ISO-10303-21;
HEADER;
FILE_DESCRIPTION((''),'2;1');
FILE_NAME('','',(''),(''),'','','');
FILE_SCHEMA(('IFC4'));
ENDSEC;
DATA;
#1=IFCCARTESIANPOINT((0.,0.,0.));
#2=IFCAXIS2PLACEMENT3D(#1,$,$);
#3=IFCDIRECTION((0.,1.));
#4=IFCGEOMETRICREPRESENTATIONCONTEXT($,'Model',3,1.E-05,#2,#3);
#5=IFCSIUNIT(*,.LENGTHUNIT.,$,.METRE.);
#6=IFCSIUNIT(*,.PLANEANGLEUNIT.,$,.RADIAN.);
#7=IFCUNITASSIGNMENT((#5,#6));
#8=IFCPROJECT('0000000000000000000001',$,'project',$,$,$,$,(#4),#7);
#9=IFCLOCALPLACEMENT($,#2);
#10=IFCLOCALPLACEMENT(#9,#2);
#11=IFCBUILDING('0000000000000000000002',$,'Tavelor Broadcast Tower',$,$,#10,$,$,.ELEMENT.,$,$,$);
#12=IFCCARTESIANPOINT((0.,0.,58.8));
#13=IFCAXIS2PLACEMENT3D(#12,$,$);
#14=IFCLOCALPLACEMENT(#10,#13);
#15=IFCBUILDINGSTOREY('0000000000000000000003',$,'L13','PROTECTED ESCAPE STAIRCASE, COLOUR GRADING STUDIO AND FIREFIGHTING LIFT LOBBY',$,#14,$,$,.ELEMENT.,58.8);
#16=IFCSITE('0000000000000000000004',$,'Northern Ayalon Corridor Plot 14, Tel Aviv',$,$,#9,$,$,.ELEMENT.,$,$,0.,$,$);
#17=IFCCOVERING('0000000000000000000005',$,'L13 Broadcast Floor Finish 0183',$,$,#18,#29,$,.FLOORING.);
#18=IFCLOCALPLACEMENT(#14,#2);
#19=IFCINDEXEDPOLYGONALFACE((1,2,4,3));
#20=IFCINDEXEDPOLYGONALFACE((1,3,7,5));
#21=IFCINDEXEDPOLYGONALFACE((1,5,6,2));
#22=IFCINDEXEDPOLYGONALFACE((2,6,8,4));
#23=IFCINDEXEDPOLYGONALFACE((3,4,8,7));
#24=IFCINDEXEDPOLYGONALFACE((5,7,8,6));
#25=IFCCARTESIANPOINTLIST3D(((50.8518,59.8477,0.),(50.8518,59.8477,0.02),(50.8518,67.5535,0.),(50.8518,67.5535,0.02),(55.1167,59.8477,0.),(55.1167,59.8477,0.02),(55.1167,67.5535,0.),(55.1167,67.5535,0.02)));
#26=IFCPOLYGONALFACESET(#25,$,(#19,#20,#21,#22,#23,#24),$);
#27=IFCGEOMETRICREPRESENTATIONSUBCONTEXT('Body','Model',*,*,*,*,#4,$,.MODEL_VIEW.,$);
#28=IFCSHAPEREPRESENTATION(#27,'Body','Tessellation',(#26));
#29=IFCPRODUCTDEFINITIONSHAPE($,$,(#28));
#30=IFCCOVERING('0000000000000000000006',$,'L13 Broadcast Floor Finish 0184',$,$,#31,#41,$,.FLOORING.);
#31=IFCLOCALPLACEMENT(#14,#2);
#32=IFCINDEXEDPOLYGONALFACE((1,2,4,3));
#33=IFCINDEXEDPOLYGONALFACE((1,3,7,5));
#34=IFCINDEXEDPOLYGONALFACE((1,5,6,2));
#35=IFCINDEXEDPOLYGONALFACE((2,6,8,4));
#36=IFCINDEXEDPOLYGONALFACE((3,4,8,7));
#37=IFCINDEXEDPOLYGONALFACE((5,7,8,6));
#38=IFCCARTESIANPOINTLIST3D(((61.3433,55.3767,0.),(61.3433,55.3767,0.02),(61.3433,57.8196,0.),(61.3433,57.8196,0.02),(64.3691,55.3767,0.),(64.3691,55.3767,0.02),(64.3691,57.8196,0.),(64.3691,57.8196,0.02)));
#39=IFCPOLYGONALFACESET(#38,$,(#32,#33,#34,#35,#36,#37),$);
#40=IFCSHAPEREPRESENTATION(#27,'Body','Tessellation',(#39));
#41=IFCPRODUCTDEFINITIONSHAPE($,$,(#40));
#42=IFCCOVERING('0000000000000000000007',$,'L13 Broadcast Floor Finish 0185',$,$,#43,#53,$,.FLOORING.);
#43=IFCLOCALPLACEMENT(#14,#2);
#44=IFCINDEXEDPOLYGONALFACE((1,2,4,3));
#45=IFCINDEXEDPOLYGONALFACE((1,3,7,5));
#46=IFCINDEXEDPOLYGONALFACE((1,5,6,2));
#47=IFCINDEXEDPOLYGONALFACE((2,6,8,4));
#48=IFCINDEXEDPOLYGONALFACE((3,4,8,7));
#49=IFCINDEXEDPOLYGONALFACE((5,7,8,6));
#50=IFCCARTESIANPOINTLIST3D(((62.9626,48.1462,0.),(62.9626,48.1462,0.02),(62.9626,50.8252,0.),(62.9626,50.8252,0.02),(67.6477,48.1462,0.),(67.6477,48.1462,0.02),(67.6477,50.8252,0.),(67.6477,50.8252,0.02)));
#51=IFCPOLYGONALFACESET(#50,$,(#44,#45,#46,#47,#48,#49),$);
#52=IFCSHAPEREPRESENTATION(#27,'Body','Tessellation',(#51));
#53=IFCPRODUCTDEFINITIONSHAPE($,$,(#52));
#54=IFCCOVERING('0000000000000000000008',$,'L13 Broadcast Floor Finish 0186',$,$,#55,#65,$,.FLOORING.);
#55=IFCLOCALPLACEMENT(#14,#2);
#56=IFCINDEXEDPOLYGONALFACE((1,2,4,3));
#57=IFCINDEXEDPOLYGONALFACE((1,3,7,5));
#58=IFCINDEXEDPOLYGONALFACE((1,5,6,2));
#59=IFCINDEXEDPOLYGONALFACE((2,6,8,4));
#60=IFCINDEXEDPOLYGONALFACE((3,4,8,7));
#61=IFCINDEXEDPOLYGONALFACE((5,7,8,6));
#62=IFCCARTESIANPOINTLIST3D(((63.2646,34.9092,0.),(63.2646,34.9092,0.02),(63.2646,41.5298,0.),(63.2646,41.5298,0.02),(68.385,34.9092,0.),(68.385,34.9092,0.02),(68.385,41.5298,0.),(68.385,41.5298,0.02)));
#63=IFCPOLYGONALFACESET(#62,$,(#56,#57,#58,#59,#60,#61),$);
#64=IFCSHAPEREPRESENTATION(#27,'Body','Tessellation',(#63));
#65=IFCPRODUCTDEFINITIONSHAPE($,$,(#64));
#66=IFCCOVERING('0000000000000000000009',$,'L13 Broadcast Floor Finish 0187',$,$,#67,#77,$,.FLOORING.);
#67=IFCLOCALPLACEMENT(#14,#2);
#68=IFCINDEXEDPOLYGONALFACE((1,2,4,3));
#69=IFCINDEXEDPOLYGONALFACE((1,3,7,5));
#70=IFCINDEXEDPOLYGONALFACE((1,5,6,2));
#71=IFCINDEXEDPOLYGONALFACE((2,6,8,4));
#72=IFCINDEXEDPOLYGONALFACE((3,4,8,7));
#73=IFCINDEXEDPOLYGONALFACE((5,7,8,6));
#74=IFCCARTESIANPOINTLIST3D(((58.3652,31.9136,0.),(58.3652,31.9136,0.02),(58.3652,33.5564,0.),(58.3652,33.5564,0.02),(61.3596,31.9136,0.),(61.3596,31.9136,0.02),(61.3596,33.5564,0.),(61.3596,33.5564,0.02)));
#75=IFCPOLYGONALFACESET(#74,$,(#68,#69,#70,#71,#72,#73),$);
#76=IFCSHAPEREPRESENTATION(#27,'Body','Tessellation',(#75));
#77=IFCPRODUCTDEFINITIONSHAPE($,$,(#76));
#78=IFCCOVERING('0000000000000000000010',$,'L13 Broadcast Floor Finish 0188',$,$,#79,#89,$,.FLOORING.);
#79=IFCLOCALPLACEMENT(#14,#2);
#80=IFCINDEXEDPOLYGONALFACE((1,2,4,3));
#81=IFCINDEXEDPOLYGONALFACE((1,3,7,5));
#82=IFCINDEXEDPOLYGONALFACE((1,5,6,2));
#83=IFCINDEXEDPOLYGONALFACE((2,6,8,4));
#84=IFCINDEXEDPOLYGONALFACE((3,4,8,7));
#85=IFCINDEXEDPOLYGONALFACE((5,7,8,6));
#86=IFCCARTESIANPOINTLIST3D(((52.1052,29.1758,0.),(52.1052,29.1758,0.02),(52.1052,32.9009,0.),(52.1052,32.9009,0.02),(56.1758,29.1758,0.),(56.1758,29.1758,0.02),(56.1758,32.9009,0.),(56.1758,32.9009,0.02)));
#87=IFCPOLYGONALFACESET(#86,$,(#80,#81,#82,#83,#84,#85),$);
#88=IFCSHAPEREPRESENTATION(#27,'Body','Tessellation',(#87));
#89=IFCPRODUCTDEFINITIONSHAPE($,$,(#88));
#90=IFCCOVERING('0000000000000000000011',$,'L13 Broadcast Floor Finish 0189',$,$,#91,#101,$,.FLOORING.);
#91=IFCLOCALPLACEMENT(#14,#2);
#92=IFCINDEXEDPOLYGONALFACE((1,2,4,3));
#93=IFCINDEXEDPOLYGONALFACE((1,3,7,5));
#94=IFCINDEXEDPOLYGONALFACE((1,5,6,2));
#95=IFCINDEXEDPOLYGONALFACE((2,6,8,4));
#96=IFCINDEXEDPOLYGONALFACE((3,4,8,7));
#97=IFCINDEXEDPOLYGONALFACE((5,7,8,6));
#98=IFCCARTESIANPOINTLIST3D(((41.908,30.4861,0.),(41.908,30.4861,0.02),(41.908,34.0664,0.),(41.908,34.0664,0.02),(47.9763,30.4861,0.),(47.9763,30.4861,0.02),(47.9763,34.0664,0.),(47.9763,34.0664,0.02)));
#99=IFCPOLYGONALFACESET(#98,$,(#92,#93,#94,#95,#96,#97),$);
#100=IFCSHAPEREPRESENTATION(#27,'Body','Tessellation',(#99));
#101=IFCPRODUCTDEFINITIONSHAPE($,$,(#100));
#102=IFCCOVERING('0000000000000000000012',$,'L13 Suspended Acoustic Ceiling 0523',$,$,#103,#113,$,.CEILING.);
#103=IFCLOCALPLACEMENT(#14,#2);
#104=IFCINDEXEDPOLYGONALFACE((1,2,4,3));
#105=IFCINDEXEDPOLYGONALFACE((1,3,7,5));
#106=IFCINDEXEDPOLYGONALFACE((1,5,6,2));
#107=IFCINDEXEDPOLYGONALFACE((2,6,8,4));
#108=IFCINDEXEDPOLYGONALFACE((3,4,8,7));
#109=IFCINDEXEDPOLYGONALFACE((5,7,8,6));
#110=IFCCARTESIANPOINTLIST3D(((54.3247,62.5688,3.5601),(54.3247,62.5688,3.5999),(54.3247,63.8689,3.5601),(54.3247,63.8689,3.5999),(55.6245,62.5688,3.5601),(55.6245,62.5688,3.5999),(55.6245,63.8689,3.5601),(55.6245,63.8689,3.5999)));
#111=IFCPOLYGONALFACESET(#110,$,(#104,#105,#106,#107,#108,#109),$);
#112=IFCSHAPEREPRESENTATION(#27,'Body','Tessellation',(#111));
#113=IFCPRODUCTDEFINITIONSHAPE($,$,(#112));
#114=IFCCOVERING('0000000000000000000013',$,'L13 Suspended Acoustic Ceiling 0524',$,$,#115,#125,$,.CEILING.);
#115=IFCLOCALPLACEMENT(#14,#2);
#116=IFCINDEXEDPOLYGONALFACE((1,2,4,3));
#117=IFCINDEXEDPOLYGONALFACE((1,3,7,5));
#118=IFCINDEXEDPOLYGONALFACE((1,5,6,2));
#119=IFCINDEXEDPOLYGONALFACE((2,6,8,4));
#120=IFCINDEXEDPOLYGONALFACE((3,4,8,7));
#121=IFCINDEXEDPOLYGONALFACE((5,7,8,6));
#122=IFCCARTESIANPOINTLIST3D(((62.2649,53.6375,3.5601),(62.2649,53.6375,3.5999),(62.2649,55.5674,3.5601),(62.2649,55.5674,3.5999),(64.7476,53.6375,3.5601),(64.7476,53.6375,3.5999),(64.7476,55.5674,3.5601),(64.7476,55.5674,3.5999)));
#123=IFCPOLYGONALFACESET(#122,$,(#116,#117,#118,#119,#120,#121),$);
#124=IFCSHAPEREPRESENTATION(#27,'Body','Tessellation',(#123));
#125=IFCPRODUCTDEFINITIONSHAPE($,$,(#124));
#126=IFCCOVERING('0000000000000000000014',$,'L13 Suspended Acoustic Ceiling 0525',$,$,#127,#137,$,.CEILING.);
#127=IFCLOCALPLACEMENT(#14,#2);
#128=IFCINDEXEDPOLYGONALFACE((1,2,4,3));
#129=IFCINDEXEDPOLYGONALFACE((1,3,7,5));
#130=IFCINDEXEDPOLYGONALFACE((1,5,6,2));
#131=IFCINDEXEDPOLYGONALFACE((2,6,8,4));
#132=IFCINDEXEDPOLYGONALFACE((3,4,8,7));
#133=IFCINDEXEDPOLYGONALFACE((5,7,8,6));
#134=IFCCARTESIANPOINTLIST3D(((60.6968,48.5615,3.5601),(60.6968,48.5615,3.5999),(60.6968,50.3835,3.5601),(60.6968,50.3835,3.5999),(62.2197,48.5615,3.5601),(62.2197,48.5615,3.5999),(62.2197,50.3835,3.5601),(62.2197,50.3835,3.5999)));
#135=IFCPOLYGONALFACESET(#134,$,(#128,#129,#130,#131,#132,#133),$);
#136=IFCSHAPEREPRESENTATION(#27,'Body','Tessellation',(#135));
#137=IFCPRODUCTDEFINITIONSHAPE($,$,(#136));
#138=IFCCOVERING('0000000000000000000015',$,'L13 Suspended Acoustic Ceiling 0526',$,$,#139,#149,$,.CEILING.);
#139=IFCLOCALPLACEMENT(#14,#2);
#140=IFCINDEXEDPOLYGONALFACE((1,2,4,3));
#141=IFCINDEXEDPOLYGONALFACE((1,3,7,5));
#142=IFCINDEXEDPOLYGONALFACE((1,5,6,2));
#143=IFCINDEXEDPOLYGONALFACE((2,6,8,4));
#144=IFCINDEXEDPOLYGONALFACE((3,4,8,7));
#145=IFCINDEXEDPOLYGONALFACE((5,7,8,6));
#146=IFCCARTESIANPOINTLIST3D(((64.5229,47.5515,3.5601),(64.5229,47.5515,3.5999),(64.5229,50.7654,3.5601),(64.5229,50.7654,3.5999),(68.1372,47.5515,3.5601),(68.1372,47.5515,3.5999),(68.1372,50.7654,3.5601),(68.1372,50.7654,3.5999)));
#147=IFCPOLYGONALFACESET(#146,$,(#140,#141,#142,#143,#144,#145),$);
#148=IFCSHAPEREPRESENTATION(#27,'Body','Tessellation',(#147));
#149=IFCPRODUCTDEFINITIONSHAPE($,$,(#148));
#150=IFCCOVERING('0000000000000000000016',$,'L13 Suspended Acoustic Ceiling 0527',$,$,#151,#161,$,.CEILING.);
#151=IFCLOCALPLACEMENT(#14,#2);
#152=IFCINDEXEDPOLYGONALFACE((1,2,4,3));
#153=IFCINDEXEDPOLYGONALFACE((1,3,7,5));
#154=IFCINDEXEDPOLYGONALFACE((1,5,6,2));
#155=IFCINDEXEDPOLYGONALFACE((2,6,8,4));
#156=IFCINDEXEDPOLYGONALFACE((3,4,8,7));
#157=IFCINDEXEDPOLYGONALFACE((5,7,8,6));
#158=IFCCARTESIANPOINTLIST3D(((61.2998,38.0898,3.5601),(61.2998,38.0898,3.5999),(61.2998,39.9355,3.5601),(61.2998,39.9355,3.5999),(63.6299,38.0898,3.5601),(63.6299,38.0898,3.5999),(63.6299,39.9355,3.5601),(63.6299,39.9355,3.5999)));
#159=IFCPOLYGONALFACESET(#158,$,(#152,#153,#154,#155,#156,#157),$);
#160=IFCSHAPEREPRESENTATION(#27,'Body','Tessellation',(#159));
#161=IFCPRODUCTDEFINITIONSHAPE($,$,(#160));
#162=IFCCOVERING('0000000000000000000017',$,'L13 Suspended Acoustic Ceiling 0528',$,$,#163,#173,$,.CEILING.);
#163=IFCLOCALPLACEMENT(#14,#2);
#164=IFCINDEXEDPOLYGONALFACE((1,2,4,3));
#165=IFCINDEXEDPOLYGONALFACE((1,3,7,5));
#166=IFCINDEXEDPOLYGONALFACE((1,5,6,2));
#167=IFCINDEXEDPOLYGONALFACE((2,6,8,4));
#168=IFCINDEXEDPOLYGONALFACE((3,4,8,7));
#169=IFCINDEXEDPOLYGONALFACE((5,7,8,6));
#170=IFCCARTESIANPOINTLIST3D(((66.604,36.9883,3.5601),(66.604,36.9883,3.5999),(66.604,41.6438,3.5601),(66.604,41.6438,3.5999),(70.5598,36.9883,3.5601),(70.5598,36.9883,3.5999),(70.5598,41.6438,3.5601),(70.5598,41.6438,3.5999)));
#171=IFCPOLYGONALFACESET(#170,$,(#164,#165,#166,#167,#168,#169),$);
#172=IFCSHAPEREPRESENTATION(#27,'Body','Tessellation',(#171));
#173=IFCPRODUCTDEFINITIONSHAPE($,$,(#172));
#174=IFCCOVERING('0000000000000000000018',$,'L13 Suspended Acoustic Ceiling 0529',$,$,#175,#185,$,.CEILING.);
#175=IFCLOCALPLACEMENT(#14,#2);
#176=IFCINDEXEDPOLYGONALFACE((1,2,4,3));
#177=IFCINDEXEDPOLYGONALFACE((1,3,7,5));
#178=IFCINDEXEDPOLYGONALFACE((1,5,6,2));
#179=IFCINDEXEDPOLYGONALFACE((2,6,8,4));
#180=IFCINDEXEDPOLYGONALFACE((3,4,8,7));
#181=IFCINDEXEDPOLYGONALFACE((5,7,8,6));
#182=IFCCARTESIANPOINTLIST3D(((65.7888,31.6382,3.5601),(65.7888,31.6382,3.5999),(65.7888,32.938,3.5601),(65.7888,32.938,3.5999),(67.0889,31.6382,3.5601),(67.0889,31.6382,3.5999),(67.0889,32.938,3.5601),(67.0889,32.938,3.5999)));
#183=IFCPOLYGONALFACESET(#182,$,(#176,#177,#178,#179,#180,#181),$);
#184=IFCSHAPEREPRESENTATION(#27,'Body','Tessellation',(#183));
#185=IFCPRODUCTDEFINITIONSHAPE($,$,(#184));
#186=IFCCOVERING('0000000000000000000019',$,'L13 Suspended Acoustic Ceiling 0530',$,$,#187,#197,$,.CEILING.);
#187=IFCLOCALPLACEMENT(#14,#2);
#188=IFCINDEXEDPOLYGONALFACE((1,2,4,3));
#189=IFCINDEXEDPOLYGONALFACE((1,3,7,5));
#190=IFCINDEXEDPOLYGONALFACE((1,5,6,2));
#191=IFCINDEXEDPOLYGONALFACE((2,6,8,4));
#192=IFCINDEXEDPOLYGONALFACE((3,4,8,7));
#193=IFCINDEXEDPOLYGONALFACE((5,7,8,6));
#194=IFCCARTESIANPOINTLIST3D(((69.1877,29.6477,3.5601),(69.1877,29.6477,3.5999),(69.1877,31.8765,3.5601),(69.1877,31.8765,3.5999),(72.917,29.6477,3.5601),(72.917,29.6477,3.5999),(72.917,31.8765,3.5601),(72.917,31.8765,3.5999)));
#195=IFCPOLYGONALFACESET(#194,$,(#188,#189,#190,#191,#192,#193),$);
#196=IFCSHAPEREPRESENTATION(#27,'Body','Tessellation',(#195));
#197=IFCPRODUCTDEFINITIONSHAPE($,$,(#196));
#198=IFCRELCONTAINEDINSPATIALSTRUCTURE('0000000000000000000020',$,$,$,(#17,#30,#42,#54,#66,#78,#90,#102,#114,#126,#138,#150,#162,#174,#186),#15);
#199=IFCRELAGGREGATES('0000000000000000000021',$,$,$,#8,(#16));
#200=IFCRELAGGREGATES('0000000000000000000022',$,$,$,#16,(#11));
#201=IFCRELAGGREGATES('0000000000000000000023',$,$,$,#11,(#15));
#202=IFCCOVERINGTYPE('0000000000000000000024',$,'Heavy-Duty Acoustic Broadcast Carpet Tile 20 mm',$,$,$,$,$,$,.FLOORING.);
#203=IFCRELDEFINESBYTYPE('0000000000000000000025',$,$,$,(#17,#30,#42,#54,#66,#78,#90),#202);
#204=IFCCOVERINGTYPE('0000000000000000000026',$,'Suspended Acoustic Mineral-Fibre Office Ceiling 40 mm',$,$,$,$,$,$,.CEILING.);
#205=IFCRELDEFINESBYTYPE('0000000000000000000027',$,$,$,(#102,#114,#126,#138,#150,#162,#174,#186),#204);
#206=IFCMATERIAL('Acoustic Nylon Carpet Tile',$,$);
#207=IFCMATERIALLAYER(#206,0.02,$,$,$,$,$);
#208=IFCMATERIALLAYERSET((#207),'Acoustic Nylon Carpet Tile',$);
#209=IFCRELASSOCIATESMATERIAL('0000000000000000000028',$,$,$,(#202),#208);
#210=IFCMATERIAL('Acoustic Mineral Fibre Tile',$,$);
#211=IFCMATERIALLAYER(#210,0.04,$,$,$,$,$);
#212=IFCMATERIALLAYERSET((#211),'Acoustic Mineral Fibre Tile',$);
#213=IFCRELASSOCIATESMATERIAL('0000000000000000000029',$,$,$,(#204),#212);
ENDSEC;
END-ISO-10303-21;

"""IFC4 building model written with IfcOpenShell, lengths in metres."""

from ifc_helpers import new_model, si_unit, direction, frame, origin, place, context, subcontext, project, spatial, polyline, outline, extrude, material, layer, layer_set, type_object, element, save


model = new_model("IFC4")

# Units and contexts
model_context = context("Model", 3, precision=1e-05, world=origin(), true_north=direction((0.0, 1.0)))
body_context = subcontext(model_context, "Body", "Model", "MODEL_VIEW")
ifc_project = project(units=[si_unit("LENGTHUNIT", "METRE"), si_unit("PLANEANGLEUNIT", "RADIAN")], contexts=[model_context])

# Site, building, storey
site_placement = place(None, origin())
site = spatial("IfcSite", under=ifc_project, at=site_placement, Name="Northern Ayalon Corridor Plot 14, Tel Aviv", CompositionType="ELEMENT", RefElevation=0.0)
building_placement = place(site_placement, origin())
building = spatial("IfcBuilding", under=site, at=building_placement, Name="Tavelor Broadcast Tower", CompositionType="ELEMENT")
storey_placement = place(building_placement, frame((0.0, 0.0, 58.8)))
storey = spatial("IfcBuildingStorey", under=building, at=storey_placement, Name="L13", Description="PROTECTED ESCAPE STAIRCASE, COLOUR GRADING STUDIO AND FIREFIGHTING LIFT LOBBY", CompositionType="ELEMENT", Elevation=58.8)

# Coverings
ifc_material_1 = material(Name="Acoustic Nylon Carpet Tile")
ifc_layer_1 = layer(ifc_material_1, 0.02)
ifc_layer_set_1 = layer_set([ifc_layer_1], Name="Acoustic Nylon Carpet Tile")
covering_type_1 = type_object("IfcCoveringType", Name="Heavy-Duty Acoustic Broadcast Carpet Tile 20 mm", PredefinedType="FLOORING", material=ifc_layer_set_1)
covering_1_placement = place(storey_placement, origin())
element("IfcCovering", 1, at=covering_1_placement, inside=storey, type_object=covering_type_1, Name="L13 Broadcast Floor Finish 0183", PredefinedType="FLOORING", context=body_context, shape_type="SweptSolid", body=[
    extrude(outline(polyline([(50.8518, 59.8477), (55.1167, 59.8477), (55.1167, 67.5535), (50.8518, 67.5535), (50.8518, 59.8477)])), origin(), (0.0, 0.0, 1.0), 0.02),
])
covering_2_placement = place(storey_placement, origin())
element("IfcCovering", 2, at=covering_2_placement, inside=storey, type_object=covering_type_1, Name="L13 Broadcast Floor Finish 0184", PredefinedType="FLOORING", context=body_context, shape_type="SweptSolid", body=[
    extrude(outline(polyline([(61.3433, 55.3767), (64.3691, 55.3767), (64.3691, 57.8196), (61.3433, 57.8196), (61.3433, 55.3767)])), origin(), (0.0, 0.0, 1.0), 0.02),
])
covering_3_placement = place(storey_placement, origin())
element("IfcCovering", 3, at=covering_3_placement, inside=storey, type_object=covering_type_1, Name="L13 Broadcast Floor Finish 0185", PredefinedType="FLOORING", context=body_context, shape_type="SweptSolid", body=[
    extrude(outline(polyline([(62.9626, 48.1462), (67.6477, 48.1462), (67.6477, 50.8252), (62.9626, 50.8252), (62.9626, 48.1462)])), origin(), (0.0, 0.0, 1.0), 0.02),
])
covering_4_placement = place(storey_placement, origin())
element("IfcCovering", 4, at=covering_4_placement, inside=storey, type_object=covering_type_1, Name="L13 Broadcast Floor Finish 0186", PredefinedType="FLOORING", context=body_context, shape_type="SweptSolid", body=[
    extrude(outline(polyline([(63.2646, 34.9092), (68.385, 34.9092), (68.385, 41.5298), (63.2646, 41.5298), (63.2646, 34.9092)])), origin(), (0.0, 0.0, 1.0), 0.02),
])
covering_5_placement = place(storey_placement, origin())
element("IfcCovering", 5, at=covering_5_placement, inside=storey, type_object=covering_type_1, Name="L13 Broadcast Floor Finish 0187", PredefinedType="FLOORING", context=body_context, shape_type="SweptSolid", body=[
    extrude(outline(polyline([(58.3652, 31.9136), (61.3596, 31.9136), (61.3596, 33.5564), (58.3652, 33.5564), (58.3652, 31.9136)])), origin(), (0.0, 0.0, 1.0), 0.02),
])
covering_6_placement = place(storey_placement, origin())
element("IfcCovering", 6, at=covering_6_placement, inside=storey, type_object=covering_type_1, Name="L13 Broadcast Floor Finish 0188", PredefinedType="FLOORING", context=body_context, shape_type="SweptSolid", body=[
    extrude(outline(polyline([(52.1052, 29.1758), (56.1758, 29.1758), (56.1758, 32.9009), (52.1052, 32.9009), (52.1052, 29.1758)])), origin(), (0.0, 0.0, 1.0), 0.02),
])
covering_7_placement = place(storey_placement, origin())
element("IfcCovering", 7, at=covering_7_placement, inside=storey, type_object=covering_type_1, Name="L13 Broadcast Floor Finish 0189", PredefinedType="FLOORING", context=body_context, shape_type="SweptSolid", body=[
    extrude(outline(polyline([(41.908, 30.4861), (47.9763, 30.4861), (47.9763, 34.0664), (41.908, 34.0664), (41.908, 30.4861)])), origin(), (0.0, 0.0, 1.0), 0.02),
])
ifc_material_2 = material(Name="Acoustic Mineral Fibre Tile")
ifc_layer_2 = layer(ifc_material_2, 0.04)
ifc_layer_set_2 = layer_set([ifc_layer_2], Name="Acoustic Mineral Fibre Tile")
covering_type_2 = type_object("IfcCoveringType", Name="Suspended Acoustic Mineral-Fibre Office Ceiling 40 mm", PredefinedType="CEILING", material=ifc_layer_set_2)
covering_8_placement = place(storey_placement, frame((0.0, 0.0, 3.5601)))
element("IfcCovering", 8, at=covering_8_placement, inside=storey, type_object=covering_type_2, Name="L13 Suspended Acoustic Ceiling 0523", PredefinedType="CEILING", context=body_context, shape_type="SweptSolid", body=[
    extrude(outline(polyline([(54.3247, 62.5688), (55.6245, 62.5688), (55.6245, 63.8689), (54.3247, 63.8689), (54.3247, 62.5688)])), origin(), (0.0, 0.0, 1.0), 0.0398),
])
covering_9_placement = place(storey_placement, frame((0.0, 0.0, 3.5601)))
element("IfcCovering", 9, at=covering_9_placement, inside=storey, type_object=covering_type_2, Name="L13 Suspended Acoustic Ceiling 0524", PredefinedType="CEILING", context=body_context, shape_type="SweptSolid", body=[
    extrude(outline(polyline([(62.2649, 53.6375), (64.7476, 53.6375), (64.7476, 55.5674), (62.2649, 55.5674), (62.2649, 53.6375)])), origin(), (0.0, 0.0, 1.0), 0.0398),
])
covering_10_placement = place(storey_placement, frame((0.0, 0.0, 3.5601)))
element("IfcCovering", 10, at=covering_10_placement, inside=storey, type_object=covering_type_2, Name="L13 Suspended Acoustic Ceiling 0525", PredefinedType="CEILING", context=body_context, shape_type="SweptSolid", body=[
    extrude(outline(polyline([(60.6968, 48.5615), (62.2197, 48.5615), (62.2197, 50.3835), (60.6968, 50.3835), (60.6968, 48.5615)])), origin(), (0.0, 0.0, 1.0), 0.0398),
])
covering_11_placement = place(storey_placement, frame((0.0, 0.0, 3.5601)))
element("IfcCovering", 11, at=covering_11_placement, inside=storey, type_object=covering_type_2, Name="L13 Suspended Acoustic Ceiling 0526", PredefinedType="CEILING", context=body_context, shape_type="SweptSolid", body=[
    extrude(outline(polyline([(64.5229, 47.5515), (68.1372, 47.5515), (68.1372, 50.7654), (64.5229, 50.7654), (64.5229, 47.5515)])), origin(), (0.0, 0.0, 1.0), 0.0398),
])
covering_12_placement = place(storey_placement, frame((0.0, 0.0, 3.5601)))
element("IfcCovering", 12, at=covering_12_placement, inside=storey, type_object=covering_type_2, Name="L13 Suspended Acoustic Ceiling 0527", PredefinedType="CEILING", context=body_context, shape_type="SweptSolid", body=[
    extrude(outline(polyline([(61.2998, 38.0898), (63.6299, 38.0898), (63.6299, 39.9355), (61.2998, 39.9355), (61.2998, 38.0898)])), origin(), (0.0, 0.0, 1.0), 0.0398),
])
covering_13_placement = place(storey_placement, frame((0.0, 0.0, 3.5601)))
element("IfcCovering", 13, at=covering_13_placement, inside=storey, type_object=covering_type_2, Name="L13 Suspended Acoustic Ceiling 0528", PredefinedType="CEILING", context=body_context, shape_type="SweptSolid", body=[
    extrude(outline(polyline([(66.604, 36.9883), (70.5598, 36.9883), (70.5598, 41.6438), (66.604, 41.6438), (66.604, 36.9883)])), origin(), (0.0, 0.0, 1.0), 0.0398),
])
covering_14_placement = place(storey_placement, frame((0.0, 0.0, 3.5601)))
element("IfcCovering", 14, at=covering_14_placement, inside=storey, type_object=covering_type_2, Name="L13 Suspended Acoustic Ceiling 0529", PredefinedType="CEILING", context=body_context, shape_type="SweptSolid", body=[
    extrude(outline(polyline([(65.7888, 31.6382), (67.0889, 31.6382), (67.0889, 32.938), (65.7888, 32.938), (65.7888, 31.6382)])), origin(), (0.0, 0.0, 1.0), 0.0398),
])
covering_15_placement = place(storey_placement, frame((0.0, 0.0, 3.5601)))
element("IfcCovering", 15, at=covering_15_placement, inside=storey, type_object=covering_type_2, Name="L13 Suspended Acoustic Ceiling 0530", PredefinedType="CEILING", context=body_context, shape_type="SweptSolid", body=[
    extrude(outline(polyline([(69.1877, 29.6477), (72.917, 29.6477), (72.917, 31.8765), (69.1877, 31.8765), (69.1877, 29.6477)])), origin(), (0.0, 0.0, 1.0), 0.0398),
])

save(model, "model.ifc")
